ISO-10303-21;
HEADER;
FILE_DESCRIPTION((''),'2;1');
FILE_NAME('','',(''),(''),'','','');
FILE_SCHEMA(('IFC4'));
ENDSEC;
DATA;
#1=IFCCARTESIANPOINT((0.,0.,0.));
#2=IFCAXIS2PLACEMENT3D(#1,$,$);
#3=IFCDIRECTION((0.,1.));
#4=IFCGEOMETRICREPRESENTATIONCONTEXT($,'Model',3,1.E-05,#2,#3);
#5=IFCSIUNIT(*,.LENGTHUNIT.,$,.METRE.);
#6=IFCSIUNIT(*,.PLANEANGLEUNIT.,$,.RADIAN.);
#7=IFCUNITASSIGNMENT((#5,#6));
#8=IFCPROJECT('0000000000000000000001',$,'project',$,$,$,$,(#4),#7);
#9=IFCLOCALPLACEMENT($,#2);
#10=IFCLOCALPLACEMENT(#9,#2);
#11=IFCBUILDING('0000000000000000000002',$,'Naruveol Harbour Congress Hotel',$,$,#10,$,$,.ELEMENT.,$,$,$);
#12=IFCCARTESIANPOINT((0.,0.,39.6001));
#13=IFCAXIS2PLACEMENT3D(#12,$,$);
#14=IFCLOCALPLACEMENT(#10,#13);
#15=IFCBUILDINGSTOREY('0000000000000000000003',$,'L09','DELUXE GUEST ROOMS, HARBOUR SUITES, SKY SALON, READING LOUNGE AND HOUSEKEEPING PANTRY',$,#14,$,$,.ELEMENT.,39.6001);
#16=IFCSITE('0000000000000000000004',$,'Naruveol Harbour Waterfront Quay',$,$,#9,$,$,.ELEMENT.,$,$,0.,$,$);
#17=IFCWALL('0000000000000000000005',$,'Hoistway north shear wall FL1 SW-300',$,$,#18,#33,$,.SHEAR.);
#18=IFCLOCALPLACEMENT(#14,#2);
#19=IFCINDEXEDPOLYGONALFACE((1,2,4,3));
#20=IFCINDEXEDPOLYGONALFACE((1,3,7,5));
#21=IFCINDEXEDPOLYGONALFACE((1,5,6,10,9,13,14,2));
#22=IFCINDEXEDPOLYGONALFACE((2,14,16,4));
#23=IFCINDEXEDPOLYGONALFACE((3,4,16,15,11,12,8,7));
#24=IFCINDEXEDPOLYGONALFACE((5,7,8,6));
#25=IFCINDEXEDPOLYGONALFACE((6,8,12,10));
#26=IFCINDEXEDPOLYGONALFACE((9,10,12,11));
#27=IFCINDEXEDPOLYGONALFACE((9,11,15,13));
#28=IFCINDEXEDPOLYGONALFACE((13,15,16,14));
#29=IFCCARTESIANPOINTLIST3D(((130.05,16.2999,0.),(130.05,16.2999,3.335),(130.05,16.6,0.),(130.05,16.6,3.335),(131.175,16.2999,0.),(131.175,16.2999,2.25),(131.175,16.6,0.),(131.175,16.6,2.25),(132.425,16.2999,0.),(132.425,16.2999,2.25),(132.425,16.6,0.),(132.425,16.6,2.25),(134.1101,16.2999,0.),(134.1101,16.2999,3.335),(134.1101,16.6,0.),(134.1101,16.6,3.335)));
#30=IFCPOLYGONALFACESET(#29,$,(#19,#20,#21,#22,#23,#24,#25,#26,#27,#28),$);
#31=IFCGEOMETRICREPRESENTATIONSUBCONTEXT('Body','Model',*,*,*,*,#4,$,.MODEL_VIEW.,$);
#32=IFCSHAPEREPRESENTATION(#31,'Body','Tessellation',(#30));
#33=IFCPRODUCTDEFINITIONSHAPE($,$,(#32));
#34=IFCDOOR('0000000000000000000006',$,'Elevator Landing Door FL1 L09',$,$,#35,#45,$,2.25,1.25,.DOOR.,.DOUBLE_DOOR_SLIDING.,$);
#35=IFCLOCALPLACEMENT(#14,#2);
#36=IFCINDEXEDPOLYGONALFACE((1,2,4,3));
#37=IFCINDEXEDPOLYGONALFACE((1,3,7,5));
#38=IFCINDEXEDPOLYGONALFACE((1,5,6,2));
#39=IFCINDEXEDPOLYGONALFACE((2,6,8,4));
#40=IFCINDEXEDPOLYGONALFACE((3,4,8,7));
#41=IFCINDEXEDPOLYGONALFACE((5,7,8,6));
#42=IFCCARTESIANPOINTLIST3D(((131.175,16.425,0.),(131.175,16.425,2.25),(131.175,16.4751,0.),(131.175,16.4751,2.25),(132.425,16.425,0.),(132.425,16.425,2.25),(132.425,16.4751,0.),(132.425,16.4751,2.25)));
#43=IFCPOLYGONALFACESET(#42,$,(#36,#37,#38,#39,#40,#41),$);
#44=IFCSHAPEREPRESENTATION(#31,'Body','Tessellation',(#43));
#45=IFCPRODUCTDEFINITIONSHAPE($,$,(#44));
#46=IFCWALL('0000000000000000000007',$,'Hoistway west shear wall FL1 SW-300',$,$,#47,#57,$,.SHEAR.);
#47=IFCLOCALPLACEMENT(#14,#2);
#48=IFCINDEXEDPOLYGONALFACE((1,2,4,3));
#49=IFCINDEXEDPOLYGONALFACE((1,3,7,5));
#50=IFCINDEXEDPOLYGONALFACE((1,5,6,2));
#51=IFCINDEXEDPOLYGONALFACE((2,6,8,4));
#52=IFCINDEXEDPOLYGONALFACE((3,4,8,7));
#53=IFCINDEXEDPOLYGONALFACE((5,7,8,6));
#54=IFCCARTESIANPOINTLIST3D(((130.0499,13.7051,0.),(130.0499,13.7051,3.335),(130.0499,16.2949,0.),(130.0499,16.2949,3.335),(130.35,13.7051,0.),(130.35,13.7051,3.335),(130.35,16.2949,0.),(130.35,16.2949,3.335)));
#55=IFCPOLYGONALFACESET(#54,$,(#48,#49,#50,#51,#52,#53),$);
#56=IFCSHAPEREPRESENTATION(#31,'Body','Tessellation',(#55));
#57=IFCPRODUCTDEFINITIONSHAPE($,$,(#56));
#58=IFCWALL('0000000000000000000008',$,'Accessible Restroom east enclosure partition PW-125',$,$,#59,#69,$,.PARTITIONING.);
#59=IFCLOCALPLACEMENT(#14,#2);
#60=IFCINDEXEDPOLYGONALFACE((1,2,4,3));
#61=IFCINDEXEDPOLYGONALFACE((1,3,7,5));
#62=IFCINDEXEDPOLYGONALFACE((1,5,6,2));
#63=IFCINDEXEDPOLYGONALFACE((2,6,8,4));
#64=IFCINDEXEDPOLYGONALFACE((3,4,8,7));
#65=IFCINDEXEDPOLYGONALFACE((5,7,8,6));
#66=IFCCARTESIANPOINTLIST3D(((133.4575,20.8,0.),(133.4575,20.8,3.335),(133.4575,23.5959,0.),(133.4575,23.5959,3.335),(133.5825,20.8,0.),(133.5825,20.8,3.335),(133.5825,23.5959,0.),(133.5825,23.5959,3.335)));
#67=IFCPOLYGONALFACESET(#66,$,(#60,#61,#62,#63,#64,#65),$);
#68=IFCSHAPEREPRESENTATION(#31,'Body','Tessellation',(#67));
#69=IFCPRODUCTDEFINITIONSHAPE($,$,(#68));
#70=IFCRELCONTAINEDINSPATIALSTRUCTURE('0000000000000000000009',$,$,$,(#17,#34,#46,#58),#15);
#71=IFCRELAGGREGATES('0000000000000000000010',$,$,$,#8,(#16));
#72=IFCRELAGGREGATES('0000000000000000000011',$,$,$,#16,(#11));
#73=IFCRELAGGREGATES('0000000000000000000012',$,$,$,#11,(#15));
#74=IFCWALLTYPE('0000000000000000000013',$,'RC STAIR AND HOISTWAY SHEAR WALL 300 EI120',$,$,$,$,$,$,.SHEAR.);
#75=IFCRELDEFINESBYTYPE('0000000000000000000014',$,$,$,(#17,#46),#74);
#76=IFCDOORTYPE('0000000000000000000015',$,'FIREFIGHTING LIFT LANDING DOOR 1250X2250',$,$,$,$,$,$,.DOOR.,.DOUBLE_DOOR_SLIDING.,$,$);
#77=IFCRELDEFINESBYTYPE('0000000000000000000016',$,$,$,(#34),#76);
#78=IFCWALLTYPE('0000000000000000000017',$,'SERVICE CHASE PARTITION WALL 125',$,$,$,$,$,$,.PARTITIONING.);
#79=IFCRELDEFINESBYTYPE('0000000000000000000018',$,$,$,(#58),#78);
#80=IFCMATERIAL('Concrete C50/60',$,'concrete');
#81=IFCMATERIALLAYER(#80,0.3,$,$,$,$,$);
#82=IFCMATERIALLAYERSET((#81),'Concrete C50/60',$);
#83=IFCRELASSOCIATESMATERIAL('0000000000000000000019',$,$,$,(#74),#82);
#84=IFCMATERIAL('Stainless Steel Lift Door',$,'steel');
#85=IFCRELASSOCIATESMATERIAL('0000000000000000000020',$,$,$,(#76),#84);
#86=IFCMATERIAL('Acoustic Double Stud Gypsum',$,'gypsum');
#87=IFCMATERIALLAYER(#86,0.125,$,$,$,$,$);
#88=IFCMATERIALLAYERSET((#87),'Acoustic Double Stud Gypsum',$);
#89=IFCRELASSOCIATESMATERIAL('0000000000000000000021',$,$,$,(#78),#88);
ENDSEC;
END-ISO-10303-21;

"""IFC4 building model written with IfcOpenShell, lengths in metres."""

from ifc_helpers import new_model, si_unit, direction, frame, frame_2d, origin, place, context, subcontext, project, spatial, rectangle, extrude, material, layer, layer_set, type_object, element, fill, save


model = new_model("IFC4")

# Units and contexts
model_context = context("Model", 3, precision=1e-05, world=origin(), true_north=direction((0.0, 1.0)))
body_context = subcontext(model_context, "Body", "Model", "MODEL_VIEW")
ifc_project = project(units=[si_unit("LENGTHUNIT", "METRE"), si_unit("PLANEANGLEUNIT", "RADIAN")], contexts=[model_context])

# Site, building, storey
site_placement = place(None, origin())
site = spatial("IfcSite", under=ifc_project, at=site_placement, Name="Naruveol Harbour Waterfront Quay", CompositionType="ELEMENT", RefElevation=0.0)
building_placement = place(site_placement, origin())
building = spatial("IfcBuilding", under=site, at=building_placement, Name="Naruveol Harbour Congress Hotel", CompositionType="ELEMENT")
storey_placement = place(building_placement, frame((0.0, 0.0, 39.6001)))
storey = spatial("IfcBuildingStorey", under=building, at=storey_placement, Name="L09", Description="DELUXE GUEST ROOMS, HARBOUR SUITES, SKY SALON, READING LOUNGE AND HOUSEKEEPING PANTRY", CompositionType="ELEMENT", Elevation=39.6001)

# Shared definitions
ifc_material_1 = material(Name="Concrete C50/60", Category="concrete")
ifc_layer_1 = layer(ifc_material_1, 0.3)
ifc_layer_set_1 = layer_set([ifc_layer_1], Name="Concrete C50/60")
wall_type_1 = type_object("IfcWallType", Name="RC STAIR AND HOISTWAY SHEAR WALL 300 EI120", PredefinedType="SHEAR", material=ifc_layer_set_1)

# Wall, opening, door
wall_1_placement = place(storey_placement, frame((134.1101, 16.45, 0.0), z_axis=(0.0, 0.0, 1.0), x_axis=(-1.0, 0.0, 0.0)))
wall_1 = element("IfcWall", 1, at=wall_1_placement, inside=storey, type_object=wall_type_1, Name="Hoistway north shear wall FL1 SW-300", PredefinedType="SHEAR", context=body_context, shape_type="SweptSolid", body=[
    extrude(rectangle(XDim=4.0601, YDim=0.3, at=frame_2d((2.03, 0.0))), origin(), (0.0, 0.0, 1.0), 3.335),
])
opening_1_placement = place(wall_1_placement, frame((1.6851, 0.0, 0.0)))
opening_1 = element("IfcOpeningElement", 2, at=opening_1_placement, cuts=wall_1, PredefinedType="OPENING", context=body_context, shape_type="SweptSolid", body=[
    extrude(rectangle(XDim=1.25, YDim=2.25, at=frame_2d((0.625, 1.125))), frame((0.0, 0.1599, 0.0), z_axis=(0.0, -1.0, 0.0), x_axis=(1.0, 0.0, 0.0)), (0.0, 0.0, 1.0), 0.3201),
])
ifc_material_2 = material(Name="Stainless Steel Lift Door", Category="steel")
door_type_1 = type_object("IfcDoorType", Name="FIREFIGHTING LIFT LANDING DOOR 1250X2250", OperationType="DOUBLE_DOOR_SLIDING", PredefinedType="DOOR", material=ifc_material_2)
door_1_placement = place(opening_1_placement, origin())
door_1 = element("IfcDoor", 3, at=door_1_placement, inside=storey, type_object=door_type_1, Name="Elevator Landing Door FL1 L09", OperationType="DOUBLE_DOOR_SLIDING", OverallHeight=2.25, OverallWidth=1.25, PredefinedType="DOOR", context=body_context, shape_type="SweptSolid", body=[
    extrude(rectangle(XDim=1.25, YDim=2.25, at=frame_2d((0.625, 1.125))), frame((0.0, 0.0249, 0.0), z_axis=(0.0, -1.0, 0.0), x_axis=(1.0, 0.0, 0.0)), (0.0, 0.0, 1.0), 0.05),
])
fill(opening_1, door_1)

# Walls
wall_2_placement = place(storey_placement, frame((130.2, 16.2949, 0.0), z_axis=(0.0, 0.0, 1.0), x_axis=(0.0, -1.0, 0.0)))
element("IfcWall", 4, at=wall_2_placement, inside=storey, type_object=wall_type_1, Name="Hoistway west shear wall FL1 SW-300", PredefinedType="SHEAR", context=body_context, shape_type="SweptSolid", body=[
    extrude(rectangle(XDim=2.5898, YDim=0.3, at=frame_2d((1.2949, 0.0))), origin(), (0.0, 0.0, 1.0), 3.335),
])
ifc_material_3 = material(Name="Acoustic Double Stud Gypsum", Category="gypsum")
ifc_layer_2 = layer(ifc_material_3, 0.125)
ifc_layer_set_2 = layer_set([ifc_layer_2], Name="Acoustic Double Stud Gypsum")
wall_type_2 = type_object("IfcWallType", Name="SERVICE CHASE PARTITION WALL 125", PredefinedType="PARTITIONING", material=ifc_layer_set_2)
wall_3_placement = place(storey_placement, frame((133.52, 20.8, 0.0), z_axis=(0.0, 0.0, 1.0), x_axis=(0.0, 1.0, 0.0)))
element("IfcWall", 5, at=wall_3_placement, inside=storey, type_object=wall_type_2, Name="Accessible Restroom east enclosure partition PW-125", PredefinedType="PARTITIONING", context=body_context, shape_type="SweptSolid", body=[
    extrude(rectangle(XDim=2.7959, YDim=0.125, at=frame_2d((1.3979, 0.0))), origin(), (0.0, 0.0, 1.0), 3.335),
])

save(model, "model.ifc")
